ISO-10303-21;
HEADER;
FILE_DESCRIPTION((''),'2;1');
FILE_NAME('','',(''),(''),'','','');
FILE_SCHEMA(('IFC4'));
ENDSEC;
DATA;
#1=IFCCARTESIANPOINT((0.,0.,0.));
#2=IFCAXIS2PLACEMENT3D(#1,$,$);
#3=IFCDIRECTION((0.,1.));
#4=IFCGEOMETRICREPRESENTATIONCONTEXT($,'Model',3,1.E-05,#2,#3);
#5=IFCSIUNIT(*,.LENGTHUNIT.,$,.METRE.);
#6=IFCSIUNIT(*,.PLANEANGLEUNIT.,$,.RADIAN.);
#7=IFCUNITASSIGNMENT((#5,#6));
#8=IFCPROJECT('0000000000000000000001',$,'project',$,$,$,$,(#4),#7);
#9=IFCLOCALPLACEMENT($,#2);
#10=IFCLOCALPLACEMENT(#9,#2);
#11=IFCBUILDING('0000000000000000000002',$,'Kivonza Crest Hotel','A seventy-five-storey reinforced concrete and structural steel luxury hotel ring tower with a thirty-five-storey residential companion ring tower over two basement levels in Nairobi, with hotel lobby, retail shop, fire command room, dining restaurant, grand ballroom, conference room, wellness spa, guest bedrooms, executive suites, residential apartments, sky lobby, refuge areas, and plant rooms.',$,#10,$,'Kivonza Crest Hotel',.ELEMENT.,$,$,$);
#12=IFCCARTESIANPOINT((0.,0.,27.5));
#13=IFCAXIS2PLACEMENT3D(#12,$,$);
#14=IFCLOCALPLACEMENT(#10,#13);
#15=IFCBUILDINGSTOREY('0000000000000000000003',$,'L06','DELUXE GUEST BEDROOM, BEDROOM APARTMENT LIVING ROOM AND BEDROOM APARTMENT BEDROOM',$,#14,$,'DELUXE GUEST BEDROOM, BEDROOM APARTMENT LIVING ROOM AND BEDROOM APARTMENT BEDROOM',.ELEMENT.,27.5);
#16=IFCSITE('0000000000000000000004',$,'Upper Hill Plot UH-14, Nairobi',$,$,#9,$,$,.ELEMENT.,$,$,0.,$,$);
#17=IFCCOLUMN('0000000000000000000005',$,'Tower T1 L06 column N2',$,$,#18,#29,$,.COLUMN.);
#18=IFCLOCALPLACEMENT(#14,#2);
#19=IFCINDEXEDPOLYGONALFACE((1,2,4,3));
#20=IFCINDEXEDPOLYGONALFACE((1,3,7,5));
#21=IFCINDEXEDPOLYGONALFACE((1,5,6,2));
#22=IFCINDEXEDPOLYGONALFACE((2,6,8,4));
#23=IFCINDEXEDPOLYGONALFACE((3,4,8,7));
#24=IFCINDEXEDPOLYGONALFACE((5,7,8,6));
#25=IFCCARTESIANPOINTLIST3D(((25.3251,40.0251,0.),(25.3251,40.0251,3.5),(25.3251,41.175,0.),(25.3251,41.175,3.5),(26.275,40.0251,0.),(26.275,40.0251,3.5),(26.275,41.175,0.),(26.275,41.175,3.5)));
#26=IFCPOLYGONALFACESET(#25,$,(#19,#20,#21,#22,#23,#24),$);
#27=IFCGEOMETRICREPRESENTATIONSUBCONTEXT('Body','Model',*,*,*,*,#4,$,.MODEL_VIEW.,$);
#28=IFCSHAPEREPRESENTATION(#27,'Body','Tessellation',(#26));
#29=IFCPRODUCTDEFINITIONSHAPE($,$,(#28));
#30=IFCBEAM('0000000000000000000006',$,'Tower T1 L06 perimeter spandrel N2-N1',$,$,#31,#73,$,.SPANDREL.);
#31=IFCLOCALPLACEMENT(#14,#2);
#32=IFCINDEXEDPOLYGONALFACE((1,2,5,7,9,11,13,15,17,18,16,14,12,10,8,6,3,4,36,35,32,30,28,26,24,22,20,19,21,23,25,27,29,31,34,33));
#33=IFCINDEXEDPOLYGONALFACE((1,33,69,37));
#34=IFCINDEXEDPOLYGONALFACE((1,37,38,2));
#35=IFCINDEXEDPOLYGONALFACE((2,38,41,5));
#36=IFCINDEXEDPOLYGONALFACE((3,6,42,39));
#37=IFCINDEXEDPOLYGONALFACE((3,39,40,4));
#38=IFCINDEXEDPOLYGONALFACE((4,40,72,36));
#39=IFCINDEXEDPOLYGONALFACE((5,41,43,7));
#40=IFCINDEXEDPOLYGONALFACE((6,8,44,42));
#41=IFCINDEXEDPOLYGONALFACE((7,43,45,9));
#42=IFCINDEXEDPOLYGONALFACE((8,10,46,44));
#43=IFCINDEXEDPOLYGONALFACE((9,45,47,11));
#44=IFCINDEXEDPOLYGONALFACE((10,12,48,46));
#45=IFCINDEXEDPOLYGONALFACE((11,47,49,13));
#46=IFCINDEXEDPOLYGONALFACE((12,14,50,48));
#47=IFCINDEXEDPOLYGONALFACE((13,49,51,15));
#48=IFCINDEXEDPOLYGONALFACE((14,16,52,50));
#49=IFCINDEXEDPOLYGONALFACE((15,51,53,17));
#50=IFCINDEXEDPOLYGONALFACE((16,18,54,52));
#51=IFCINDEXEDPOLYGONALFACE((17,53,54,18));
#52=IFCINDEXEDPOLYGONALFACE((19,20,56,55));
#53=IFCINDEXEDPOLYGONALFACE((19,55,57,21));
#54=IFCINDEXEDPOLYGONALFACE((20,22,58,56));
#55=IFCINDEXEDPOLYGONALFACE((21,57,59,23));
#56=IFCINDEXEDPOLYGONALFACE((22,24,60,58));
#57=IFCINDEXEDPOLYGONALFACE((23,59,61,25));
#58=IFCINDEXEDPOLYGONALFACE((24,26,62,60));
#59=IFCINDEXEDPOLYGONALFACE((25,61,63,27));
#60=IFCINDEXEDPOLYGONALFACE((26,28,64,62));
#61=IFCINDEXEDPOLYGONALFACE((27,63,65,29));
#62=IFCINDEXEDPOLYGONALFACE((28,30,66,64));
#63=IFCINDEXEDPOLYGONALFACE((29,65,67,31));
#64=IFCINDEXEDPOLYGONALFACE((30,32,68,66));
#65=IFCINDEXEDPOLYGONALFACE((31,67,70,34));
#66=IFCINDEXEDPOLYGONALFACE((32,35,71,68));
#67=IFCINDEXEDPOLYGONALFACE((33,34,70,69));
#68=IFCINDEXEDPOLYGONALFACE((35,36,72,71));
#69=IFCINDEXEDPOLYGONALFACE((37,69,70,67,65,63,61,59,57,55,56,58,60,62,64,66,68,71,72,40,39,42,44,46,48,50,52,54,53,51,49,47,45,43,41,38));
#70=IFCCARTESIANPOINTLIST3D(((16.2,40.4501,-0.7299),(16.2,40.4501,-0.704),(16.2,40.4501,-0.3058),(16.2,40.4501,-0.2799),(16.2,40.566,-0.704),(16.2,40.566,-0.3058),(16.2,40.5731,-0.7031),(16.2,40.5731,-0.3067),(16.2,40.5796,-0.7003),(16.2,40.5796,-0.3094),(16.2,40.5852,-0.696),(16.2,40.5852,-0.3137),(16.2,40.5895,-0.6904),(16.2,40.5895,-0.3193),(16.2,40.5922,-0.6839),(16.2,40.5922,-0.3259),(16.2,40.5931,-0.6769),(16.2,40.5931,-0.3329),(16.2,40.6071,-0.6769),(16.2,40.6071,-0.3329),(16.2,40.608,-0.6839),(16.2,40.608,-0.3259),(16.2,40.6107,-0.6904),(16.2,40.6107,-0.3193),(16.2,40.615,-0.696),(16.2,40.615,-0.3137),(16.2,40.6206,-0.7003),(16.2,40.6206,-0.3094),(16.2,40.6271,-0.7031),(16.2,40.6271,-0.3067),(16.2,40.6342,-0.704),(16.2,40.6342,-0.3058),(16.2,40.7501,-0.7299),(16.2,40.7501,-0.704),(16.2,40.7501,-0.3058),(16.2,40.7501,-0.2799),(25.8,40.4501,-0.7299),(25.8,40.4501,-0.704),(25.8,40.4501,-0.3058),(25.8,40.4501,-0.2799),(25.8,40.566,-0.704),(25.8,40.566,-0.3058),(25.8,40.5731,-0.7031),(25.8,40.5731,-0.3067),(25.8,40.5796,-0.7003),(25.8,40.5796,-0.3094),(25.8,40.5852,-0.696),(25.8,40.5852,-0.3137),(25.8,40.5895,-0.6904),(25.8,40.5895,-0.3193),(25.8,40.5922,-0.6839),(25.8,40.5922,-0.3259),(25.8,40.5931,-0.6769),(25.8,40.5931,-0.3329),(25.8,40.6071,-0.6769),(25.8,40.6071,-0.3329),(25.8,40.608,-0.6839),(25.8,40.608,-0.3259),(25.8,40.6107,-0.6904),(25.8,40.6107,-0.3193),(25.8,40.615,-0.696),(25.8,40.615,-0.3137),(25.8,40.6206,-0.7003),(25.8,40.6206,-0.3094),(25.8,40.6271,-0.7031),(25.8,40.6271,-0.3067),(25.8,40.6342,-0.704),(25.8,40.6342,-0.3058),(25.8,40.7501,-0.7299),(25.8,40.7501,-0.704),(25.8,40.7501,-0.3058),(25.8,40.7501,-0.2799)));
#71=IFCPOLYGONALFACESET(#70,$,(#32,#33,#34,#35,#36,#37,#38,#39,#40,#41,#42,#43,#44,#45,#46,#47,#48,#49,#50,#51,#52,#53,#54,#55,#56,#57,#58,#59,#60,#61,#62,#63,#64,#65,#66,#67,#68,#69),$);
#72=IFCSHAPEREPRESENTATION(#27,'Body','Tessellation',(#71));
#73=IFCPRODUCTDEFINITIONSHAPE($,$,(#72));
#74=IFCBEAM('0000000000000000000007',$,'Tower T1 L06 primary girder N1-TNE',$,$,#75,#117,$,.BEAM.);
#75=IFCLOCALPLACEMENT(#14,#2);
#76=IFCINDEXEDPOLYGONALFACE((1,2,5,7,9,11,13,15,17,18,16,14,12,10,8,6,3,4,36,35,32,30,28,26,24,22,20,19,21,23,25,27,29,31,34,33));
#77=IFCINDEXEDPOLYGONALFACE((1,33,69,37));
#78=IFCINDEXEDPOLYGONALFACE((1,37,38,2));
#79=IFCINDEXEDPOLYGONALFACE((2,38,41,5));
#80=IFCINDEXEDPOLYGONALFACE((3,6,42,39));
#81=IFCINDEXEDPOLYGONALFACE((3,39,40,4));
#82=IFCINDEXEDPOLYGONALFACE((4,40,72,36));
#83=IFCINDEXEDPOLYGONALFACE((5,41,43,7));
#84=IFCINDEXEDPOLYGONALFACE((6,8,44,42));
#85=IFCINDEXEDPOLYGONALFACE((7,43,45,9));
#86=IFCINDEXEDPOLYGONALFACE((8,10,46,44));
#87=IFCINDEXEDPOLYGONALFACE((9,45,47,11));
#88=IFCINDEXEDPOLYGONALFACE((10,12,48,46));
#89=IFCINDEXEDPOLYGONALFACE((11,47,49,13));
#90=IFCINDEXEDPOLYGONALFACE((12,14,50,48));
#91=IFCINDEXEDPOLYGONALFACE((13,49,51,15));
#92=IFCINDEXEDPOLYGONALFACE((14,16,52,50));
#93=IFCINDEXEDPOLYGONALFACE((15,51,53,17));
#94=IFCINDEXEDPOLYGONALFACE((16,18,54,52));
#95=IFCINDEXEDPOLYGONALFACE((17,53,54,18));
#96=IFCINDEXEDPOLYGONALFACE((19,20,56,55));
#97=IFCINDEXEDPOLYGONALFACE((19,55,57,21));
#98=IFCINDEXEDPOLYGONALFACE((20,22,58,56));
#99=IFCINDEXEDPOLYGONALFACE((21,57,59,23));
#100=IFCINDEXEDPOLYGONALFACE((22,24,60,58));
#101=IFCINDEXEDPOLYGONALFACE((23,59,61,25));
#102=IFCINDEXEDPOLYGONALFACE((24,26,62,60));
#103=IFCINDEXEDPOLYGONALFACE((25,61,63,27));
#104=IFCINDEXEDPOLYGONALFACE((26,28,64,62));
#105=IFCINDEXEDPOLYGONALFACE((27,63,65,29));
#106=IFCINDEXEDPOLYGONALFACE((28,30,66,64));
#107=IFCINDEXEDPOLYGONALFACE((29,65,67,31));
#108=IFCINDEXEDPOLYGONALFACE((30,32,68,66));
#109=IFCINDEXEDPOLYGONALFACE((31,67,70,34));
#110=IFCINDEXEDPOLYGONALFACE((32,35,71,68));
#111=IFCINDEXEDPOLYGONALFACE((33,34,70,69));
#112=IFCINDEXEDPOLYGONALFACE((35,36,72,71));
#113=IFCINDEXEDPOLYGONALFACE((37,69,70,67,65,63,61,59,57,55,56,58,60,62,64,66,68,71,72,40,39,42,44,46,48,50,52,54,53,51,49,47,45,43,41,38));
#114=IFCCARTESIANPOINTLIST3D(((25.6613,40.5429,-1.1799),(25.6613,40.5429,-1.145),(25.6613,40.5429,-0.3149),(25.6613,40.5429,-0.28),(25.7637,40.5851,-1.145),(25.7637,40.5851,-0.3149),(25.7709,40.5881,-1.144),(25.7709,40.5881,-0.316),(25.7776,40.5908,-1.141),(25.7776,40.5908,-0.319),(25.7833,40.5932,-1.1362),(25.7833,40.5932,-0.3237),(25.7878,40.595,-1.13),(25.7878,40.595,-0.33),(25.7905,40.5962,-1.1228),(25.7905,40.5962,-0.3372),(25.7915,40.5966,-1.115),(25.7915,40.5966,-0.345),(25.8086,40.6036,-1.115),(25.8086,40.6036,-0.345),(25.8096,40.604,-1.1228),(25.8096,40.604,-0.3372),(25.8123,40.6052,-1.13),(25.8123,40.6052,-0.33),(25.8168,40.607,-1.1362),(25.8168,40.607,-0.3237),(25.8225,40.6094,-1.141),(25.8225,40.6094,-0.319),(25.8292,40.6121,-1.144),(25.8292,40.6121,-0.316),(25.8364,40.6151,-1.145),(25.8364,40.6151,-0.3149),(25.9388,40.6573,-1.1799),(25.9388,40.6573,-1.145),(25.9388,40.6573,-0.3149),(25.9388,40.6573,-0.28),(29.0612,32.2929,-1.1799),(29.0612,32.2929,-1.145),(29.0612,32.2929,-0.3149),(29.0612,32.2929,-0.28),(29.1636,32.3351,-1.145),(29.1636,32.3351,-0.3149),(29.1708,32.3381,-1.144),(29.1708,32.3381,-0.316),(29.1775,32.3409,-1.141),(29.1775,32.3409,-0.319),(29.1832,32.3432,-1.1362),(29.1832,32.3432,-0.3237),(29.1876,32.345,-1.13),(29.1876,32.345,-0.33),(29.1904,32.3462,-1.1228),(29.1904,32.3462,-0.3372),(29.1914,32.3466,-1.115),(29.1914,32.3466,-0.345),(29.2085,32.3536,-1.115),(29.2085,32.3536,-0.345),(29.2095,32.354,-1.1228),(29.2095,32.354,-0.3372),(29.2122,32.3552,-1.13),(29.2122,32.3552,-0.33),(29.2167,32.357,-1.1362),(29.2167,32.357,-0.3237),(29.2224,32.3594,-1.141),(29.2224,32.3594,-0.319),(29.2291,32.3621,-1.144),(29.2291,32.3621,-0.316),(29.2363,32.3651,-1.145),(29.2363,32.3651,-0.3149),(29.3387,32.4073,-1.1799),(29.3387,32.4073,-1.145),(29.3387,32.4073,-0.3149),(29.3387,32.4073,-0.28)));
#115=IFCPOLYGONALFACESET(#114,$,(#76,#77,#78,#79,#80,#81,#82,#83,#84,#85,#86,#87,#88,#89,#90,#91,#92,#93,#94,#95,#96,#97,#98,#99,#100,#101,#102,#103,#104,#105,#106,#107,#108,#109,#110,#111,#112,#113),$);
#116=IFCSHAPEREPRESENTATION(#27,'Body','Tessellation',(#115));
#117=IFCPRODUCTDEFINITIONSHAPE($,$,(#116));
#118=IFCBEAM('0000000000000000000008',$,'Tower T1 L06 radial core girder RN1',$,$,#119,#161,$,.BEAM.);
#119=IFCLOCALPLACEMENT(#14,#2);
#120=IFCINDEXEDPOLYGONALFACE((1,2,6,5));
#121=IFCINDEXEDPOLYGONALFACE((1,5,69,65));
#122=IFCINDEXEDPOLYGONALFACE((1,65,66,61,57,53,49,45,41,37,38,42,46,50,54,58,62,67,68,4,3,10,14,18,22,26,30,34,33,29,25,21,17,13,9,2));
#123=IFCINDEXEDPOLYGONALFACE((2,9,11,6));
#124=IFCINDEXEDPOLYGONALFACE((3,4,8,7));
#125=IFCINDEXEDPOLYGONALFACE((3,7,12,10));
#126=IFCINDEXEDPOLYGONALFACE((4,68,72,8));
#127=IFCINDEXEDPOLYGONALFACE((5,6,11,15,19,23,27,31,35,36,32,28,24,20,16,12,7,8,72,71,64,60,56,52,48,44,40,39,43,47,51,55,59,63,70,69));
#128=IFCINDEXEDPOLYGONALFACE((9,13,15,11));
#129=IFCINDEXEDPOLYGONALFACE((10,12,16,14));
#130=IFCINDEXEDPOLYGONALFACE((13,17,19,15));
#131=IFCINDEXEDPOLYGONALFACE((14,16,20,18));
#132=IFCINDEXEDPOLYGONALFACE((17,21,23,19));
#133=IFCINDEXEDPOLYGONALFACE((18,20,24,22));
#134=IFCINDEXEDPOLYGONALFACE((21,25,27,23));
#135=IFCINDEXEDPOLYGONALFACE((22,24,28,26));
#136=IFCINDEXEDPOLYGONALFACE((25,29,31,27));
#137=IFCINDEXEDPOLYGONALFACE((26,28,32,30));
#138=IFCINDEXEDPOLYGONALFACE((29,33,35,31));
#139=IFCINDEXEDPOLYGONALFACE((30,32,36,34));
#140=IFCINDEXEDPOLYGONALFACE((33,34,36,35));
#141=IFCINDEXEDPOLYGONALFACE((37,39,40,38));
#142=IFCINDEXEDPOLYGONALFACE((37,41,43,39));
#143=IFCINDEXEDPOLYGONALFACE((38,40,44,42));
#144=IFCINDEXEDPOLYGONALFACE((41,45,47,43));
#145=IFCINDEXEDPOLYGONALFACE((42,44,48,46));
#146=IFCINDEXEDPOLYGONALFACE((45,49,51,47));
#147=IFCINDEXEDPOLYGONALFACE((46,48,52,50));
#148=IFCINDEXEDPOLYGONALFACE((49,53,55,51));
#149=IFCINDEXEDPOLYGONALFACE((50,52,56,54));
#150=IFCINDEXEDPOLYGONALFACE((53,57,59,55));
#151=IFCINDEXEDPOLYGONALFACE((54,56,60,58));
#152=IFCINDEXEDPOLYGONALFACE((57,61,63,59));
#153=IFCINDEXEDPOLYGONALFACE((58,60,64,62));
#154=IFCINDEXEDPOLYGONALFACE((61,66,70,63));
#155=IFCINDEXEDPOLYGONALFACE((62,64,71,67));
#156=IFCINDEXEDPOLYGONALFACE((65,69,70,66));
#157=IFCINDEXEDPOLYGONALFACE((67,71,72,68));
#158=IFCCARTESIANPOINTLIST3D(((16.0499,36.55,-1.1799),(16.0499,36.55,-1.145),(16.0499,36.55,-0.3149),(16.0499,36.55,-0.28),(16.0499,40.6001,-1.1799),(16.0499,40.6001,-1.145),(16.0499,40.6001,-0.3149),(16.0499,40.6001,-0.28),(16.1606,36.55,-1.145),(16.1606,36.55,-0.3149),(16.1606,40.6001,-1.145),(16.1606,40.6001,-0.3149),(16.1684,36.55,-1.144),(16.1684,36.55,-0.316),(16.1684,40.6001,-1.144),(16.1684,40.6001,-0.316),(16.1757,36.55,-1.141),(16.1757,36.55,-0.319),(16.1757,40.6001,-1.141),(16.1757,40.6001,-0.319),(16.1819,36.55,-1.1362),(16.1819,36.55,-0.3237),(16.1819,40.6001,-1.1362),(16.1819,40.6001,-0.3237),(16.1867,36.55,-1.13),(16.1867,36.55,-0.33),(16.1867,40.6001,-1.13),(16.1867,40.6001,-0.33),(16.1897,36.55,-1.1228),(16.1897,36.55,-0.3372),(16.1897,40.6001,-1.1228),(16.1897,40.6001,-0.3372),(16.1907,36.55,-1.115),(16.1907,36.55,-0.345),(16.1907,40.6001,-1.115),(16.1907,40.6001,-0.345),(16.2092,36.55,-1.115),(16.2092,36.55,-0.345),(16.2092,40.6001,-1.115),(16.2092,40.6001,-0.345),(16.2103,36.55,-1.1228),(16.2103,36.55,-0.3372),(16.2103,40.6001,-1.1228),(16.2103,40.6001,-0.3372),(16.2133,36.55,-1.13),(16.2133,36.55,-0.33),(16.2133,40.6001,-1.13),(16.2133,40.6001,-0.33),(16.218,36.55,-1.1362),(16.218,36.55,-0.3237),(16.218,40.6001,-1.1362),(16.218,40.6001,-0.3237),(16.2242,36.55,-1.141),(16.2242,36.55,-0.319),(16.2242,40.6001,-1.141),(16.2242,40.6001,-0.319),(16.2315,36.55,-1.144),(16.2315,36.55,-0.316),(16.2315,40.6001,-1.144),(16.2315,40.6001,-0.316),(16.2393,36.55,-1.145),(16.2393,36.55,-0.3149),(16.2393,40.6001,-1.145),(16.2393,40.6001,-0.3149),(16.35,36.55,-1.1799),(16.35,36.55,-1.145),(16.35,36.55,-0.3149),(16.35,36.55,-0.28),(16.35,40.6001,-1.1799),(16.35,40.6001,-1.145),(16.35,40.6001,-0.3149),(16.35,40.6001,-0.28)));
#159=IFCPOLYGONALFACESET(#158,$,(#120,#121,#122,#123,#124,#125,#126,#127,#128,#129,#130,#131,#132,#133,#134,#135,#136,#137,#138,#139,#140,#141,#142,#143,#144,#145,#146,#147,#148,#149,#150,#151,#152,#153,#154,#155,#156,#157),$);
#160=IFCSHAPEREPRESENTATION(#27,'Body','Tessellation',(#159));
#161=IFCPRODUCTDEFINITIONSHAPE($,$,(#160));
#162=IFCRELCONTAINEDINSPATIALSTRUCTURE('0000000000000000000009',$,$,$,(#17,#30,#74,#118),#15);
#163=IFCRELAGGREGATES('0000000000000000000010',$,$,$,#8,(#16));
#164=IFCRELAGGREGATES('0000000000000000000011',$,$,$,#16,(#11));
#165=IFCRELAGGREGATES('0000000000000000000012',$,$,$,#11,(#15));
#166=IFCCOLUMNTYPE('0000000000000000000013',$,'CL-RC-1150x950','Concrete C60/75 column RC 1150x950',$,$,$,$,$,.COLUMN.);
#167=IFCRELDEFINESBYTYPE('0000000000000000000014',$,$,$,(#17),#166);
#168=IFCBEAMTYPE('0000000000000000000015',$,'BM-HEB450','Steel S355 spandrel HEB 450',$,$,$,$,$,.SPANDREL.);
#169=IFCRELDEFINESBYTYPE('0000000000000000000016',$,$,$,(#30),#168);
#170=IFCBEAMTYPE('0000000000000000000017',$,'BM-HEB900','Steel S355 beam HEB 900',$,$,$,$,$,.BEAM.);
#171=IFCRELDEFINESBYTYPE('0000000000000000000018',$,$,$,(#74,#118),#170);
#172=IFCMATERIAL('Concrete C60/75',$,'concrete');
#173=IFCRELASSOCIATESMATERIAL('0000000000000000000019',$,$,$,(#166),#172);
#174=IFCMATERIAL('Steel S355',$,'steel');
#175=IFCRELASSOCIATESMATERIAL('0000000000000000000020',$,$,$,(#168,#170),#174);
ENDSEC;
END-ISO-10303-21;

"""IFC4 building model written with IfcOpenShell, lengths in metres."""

from ifc_helpers import new_model, si_unit, direction, frame, origin, origin_2d, place, context, subcontext, project, spatial, rectangle, i_section, extrude, material, material_profile, profile_set, type_object, element, save


model = new_model("IFC4")

# Units and contexts
model_context = context("Model", 3, precision=1e-05, world=origin(), true_north=direction((0.0, 1.0)))
body_context = subcontext(model_context, "Body", "Model", "MODEL_VIEW")
ifc_project = project(units=[si_unit("LENGTHUNIT", "METRE"), si_unit("PLANEANGLEUNIT", "RADIAN")], contexts=[model_context])

# Site, building, storey
site_placement = place(None, origin())
site = spatial("IfcSite", under=ifc_project, at=site_placement, Name="Upper Hill Plot UH-14, Nairobi", CompositionType="ELEMENT", RefElevation=0.0)
building_placement = place(site_placement, origin())
building = spatial("IfcBuilding", under=site, at=building_placement, Name="Kivonza Crest Hotel", Description="A seventy-five-storey reinforced concrete and structural steel luxury hotel ring tower with a thirty-five-storey residential companion ring tower over two basement levels in Nairobi, with hotel lobby, retail shop, fire command room, dining restaurant, grand ballroom, conference room, wellness spa, guest bedrooms, executive suites, residential apartments, sky lobby, refuge areas, and plant rooms.", LongName="Kivonza Crest Hotel", CompositionType="ELEMENT")
storey_placement = place(building_placement, frame((0.0, 0.0, 27.5)))
storey = spatial("IfcBuildingStorey", under=building, at=storey_placement, Name="L06", Description="DELUXE GUEST BEDROOM, BEDROOM APARTMENT LIVING ROOM AND BEDROOM APARTMENT BEDROOM", LongName="DELUXE GUEST BEDROOM, BEDROOM APARTMENT LIVING ROOM AND BEDROOM APARTMENT BEDROOM", CompositionType="ELEMENT", Elevation=27.5)

# Column
ifc_material_1 = material(Name="Concrete C60/75", Category="concrete")
ifc_material_profile_1 = material_profile(ifc_material_1, rectangle(XDim=0.95, YDim=1.1499, at=origin_2d()), Name="RC 1150x950")
ifc_profile_set_1 = profile_set([ifc_material_profile_1], Name="Concrete C60/75")
column_type = type_object("IfcColumnType", Name="CL-RC-1150x950", Description="Concrete C60/75 column RC 1150x950", PredefinedType="COLUMN", material=ifc_profile_set_1)
column_placement = place(storey_placement, frame((25.8, 40.6001, 0.0), z_axis=(0.0, 0.0, 1.0), x_axis=(1.0, 0.0, 0.0)))
element("IfcColumn", 1, at=column_placement, inside=storey, type_object=column_type, Name="Tower T1 L06 column N2", PredefinedType="COLUMN", context=body_context, shape_type="SweptSolid", body=[
    extrude(rectangle(XDim=0.95, YDim=1.1499, at=origin_2d()), origin(), (0.0, 0.0, 1.0), 3.5),
])

# Beams
ifc_material_2 = material(Name="Steel S355", Category="steel")
ifc_material_profile_2 = material_profile(ifc_material_2, i_section(OverallWidth=0.3, OverallDepth=0.45, WebThickness=0.0139, FlangeThickness=0.0259, FilletRadius=0.0271, at=origin_2d()), Name="HEB 450")
ifc_profile_set_2 = profile_set([ifc_material_profile_2], Name="Steel S355")
beam_type_1 = type_object("IfcBeamType", Name="BM-HEB450", Description="Steel S355 spandrel HEB 450", PredefinedType="SPANDREL", material=ifc_profile_set_2)
beam_1_placement = place(storey_placement, frame((25.8, 40.6001, -0.5049), z_axis=(-1.0, 0.0, 0.0), x_axis=(0.0, -1.0, 0.0)))
element("IfcBeam", 2, at=beam_1_placement, inside=storey, type_object=beam_type_1, Name="Tower T1 L06 perimeter spandrel N2-N1", PredefinedType="SPANDREL", context=body_context, shape_type="SweptSolid", body=[
    extrude(i_section(OverallWidth=0.3, OverallDepth=0.45, WebThickness=0.0139, FlangeThickness=0.0259, FilletRadius=0.0271, at=origin_2d()), origin(), (0.0, 0.0, 1.0), 9.6001),
])
ifc_material_profile_3 = material_profile(ifc_material_2, i_section(OverallWidth=0.3, OverallDepth=0.8999, WebThickness=0.0186, FlangeThickness=0.0349, FilletRadius=0.03, at=origin_2d()), Name="HEB 900")
ifc_profile_set_3 = profile_set([ifc_material_profile_3], Name="Steel S355")
beam_type_2 = type_object("IfcBeamType", Name="BM-HEB900", Description="Steel S355 beam HEB 900", PredefinedType="BEAM", material=ifc_profile_set_3)
beam_2_placement = place(storey_placement, frame((25.8, 40.6001, -0.73), z_axis=(0.381022, -0.924566, 0.0), x_axis=(0.924566, 0.381022, 0.0)))
element("IfcBeam", 3, at=beam_2_placement, inside=storey, type_object=beam_type_2, Name="Tower T1 L06 primary girder N1-TNE", PredefinedType="BEAM", context=body_context, shape_type="SweptSolid", body=[
    extrude(i_section(OverallWidth=0.3, OverallDepth=0.8999, WebThickness=0.0186, FlangeThickness=0.0349, FilletRadius=0.03, at=origin_2d()), origin(), (0.0, 0.0, 1.0), 8.9231),
])
for number, where, z_axis, x_axis, name in (
    (4, (16.2, 40.6001, -0.73), (0.0, -1.0, 0.0), (1.0, 0.0, 0.0), "Tower T1 L06 radial core girder RN1"),
):
    element("IfcBeam", number, at=place(storey_placement, frame(where, z_axis=z_axis, x_axis=x_axis)), inside=storey, type_object=beam_type_2, Name=name, PredefinedType="BEAM", context=body_context, shape_type="SweptSolid", body=[
        extrude(i_section(OverallWidth=0.3, OverallDepth=0.8999, WebThickness=0.0186, FlangeThickness=0.0349, FilletRadius=0.03, at=origin_2d()), origin(), (0.0, 0.0, 1.0), 4.05),
    ])

save(model, "model.ifc")
